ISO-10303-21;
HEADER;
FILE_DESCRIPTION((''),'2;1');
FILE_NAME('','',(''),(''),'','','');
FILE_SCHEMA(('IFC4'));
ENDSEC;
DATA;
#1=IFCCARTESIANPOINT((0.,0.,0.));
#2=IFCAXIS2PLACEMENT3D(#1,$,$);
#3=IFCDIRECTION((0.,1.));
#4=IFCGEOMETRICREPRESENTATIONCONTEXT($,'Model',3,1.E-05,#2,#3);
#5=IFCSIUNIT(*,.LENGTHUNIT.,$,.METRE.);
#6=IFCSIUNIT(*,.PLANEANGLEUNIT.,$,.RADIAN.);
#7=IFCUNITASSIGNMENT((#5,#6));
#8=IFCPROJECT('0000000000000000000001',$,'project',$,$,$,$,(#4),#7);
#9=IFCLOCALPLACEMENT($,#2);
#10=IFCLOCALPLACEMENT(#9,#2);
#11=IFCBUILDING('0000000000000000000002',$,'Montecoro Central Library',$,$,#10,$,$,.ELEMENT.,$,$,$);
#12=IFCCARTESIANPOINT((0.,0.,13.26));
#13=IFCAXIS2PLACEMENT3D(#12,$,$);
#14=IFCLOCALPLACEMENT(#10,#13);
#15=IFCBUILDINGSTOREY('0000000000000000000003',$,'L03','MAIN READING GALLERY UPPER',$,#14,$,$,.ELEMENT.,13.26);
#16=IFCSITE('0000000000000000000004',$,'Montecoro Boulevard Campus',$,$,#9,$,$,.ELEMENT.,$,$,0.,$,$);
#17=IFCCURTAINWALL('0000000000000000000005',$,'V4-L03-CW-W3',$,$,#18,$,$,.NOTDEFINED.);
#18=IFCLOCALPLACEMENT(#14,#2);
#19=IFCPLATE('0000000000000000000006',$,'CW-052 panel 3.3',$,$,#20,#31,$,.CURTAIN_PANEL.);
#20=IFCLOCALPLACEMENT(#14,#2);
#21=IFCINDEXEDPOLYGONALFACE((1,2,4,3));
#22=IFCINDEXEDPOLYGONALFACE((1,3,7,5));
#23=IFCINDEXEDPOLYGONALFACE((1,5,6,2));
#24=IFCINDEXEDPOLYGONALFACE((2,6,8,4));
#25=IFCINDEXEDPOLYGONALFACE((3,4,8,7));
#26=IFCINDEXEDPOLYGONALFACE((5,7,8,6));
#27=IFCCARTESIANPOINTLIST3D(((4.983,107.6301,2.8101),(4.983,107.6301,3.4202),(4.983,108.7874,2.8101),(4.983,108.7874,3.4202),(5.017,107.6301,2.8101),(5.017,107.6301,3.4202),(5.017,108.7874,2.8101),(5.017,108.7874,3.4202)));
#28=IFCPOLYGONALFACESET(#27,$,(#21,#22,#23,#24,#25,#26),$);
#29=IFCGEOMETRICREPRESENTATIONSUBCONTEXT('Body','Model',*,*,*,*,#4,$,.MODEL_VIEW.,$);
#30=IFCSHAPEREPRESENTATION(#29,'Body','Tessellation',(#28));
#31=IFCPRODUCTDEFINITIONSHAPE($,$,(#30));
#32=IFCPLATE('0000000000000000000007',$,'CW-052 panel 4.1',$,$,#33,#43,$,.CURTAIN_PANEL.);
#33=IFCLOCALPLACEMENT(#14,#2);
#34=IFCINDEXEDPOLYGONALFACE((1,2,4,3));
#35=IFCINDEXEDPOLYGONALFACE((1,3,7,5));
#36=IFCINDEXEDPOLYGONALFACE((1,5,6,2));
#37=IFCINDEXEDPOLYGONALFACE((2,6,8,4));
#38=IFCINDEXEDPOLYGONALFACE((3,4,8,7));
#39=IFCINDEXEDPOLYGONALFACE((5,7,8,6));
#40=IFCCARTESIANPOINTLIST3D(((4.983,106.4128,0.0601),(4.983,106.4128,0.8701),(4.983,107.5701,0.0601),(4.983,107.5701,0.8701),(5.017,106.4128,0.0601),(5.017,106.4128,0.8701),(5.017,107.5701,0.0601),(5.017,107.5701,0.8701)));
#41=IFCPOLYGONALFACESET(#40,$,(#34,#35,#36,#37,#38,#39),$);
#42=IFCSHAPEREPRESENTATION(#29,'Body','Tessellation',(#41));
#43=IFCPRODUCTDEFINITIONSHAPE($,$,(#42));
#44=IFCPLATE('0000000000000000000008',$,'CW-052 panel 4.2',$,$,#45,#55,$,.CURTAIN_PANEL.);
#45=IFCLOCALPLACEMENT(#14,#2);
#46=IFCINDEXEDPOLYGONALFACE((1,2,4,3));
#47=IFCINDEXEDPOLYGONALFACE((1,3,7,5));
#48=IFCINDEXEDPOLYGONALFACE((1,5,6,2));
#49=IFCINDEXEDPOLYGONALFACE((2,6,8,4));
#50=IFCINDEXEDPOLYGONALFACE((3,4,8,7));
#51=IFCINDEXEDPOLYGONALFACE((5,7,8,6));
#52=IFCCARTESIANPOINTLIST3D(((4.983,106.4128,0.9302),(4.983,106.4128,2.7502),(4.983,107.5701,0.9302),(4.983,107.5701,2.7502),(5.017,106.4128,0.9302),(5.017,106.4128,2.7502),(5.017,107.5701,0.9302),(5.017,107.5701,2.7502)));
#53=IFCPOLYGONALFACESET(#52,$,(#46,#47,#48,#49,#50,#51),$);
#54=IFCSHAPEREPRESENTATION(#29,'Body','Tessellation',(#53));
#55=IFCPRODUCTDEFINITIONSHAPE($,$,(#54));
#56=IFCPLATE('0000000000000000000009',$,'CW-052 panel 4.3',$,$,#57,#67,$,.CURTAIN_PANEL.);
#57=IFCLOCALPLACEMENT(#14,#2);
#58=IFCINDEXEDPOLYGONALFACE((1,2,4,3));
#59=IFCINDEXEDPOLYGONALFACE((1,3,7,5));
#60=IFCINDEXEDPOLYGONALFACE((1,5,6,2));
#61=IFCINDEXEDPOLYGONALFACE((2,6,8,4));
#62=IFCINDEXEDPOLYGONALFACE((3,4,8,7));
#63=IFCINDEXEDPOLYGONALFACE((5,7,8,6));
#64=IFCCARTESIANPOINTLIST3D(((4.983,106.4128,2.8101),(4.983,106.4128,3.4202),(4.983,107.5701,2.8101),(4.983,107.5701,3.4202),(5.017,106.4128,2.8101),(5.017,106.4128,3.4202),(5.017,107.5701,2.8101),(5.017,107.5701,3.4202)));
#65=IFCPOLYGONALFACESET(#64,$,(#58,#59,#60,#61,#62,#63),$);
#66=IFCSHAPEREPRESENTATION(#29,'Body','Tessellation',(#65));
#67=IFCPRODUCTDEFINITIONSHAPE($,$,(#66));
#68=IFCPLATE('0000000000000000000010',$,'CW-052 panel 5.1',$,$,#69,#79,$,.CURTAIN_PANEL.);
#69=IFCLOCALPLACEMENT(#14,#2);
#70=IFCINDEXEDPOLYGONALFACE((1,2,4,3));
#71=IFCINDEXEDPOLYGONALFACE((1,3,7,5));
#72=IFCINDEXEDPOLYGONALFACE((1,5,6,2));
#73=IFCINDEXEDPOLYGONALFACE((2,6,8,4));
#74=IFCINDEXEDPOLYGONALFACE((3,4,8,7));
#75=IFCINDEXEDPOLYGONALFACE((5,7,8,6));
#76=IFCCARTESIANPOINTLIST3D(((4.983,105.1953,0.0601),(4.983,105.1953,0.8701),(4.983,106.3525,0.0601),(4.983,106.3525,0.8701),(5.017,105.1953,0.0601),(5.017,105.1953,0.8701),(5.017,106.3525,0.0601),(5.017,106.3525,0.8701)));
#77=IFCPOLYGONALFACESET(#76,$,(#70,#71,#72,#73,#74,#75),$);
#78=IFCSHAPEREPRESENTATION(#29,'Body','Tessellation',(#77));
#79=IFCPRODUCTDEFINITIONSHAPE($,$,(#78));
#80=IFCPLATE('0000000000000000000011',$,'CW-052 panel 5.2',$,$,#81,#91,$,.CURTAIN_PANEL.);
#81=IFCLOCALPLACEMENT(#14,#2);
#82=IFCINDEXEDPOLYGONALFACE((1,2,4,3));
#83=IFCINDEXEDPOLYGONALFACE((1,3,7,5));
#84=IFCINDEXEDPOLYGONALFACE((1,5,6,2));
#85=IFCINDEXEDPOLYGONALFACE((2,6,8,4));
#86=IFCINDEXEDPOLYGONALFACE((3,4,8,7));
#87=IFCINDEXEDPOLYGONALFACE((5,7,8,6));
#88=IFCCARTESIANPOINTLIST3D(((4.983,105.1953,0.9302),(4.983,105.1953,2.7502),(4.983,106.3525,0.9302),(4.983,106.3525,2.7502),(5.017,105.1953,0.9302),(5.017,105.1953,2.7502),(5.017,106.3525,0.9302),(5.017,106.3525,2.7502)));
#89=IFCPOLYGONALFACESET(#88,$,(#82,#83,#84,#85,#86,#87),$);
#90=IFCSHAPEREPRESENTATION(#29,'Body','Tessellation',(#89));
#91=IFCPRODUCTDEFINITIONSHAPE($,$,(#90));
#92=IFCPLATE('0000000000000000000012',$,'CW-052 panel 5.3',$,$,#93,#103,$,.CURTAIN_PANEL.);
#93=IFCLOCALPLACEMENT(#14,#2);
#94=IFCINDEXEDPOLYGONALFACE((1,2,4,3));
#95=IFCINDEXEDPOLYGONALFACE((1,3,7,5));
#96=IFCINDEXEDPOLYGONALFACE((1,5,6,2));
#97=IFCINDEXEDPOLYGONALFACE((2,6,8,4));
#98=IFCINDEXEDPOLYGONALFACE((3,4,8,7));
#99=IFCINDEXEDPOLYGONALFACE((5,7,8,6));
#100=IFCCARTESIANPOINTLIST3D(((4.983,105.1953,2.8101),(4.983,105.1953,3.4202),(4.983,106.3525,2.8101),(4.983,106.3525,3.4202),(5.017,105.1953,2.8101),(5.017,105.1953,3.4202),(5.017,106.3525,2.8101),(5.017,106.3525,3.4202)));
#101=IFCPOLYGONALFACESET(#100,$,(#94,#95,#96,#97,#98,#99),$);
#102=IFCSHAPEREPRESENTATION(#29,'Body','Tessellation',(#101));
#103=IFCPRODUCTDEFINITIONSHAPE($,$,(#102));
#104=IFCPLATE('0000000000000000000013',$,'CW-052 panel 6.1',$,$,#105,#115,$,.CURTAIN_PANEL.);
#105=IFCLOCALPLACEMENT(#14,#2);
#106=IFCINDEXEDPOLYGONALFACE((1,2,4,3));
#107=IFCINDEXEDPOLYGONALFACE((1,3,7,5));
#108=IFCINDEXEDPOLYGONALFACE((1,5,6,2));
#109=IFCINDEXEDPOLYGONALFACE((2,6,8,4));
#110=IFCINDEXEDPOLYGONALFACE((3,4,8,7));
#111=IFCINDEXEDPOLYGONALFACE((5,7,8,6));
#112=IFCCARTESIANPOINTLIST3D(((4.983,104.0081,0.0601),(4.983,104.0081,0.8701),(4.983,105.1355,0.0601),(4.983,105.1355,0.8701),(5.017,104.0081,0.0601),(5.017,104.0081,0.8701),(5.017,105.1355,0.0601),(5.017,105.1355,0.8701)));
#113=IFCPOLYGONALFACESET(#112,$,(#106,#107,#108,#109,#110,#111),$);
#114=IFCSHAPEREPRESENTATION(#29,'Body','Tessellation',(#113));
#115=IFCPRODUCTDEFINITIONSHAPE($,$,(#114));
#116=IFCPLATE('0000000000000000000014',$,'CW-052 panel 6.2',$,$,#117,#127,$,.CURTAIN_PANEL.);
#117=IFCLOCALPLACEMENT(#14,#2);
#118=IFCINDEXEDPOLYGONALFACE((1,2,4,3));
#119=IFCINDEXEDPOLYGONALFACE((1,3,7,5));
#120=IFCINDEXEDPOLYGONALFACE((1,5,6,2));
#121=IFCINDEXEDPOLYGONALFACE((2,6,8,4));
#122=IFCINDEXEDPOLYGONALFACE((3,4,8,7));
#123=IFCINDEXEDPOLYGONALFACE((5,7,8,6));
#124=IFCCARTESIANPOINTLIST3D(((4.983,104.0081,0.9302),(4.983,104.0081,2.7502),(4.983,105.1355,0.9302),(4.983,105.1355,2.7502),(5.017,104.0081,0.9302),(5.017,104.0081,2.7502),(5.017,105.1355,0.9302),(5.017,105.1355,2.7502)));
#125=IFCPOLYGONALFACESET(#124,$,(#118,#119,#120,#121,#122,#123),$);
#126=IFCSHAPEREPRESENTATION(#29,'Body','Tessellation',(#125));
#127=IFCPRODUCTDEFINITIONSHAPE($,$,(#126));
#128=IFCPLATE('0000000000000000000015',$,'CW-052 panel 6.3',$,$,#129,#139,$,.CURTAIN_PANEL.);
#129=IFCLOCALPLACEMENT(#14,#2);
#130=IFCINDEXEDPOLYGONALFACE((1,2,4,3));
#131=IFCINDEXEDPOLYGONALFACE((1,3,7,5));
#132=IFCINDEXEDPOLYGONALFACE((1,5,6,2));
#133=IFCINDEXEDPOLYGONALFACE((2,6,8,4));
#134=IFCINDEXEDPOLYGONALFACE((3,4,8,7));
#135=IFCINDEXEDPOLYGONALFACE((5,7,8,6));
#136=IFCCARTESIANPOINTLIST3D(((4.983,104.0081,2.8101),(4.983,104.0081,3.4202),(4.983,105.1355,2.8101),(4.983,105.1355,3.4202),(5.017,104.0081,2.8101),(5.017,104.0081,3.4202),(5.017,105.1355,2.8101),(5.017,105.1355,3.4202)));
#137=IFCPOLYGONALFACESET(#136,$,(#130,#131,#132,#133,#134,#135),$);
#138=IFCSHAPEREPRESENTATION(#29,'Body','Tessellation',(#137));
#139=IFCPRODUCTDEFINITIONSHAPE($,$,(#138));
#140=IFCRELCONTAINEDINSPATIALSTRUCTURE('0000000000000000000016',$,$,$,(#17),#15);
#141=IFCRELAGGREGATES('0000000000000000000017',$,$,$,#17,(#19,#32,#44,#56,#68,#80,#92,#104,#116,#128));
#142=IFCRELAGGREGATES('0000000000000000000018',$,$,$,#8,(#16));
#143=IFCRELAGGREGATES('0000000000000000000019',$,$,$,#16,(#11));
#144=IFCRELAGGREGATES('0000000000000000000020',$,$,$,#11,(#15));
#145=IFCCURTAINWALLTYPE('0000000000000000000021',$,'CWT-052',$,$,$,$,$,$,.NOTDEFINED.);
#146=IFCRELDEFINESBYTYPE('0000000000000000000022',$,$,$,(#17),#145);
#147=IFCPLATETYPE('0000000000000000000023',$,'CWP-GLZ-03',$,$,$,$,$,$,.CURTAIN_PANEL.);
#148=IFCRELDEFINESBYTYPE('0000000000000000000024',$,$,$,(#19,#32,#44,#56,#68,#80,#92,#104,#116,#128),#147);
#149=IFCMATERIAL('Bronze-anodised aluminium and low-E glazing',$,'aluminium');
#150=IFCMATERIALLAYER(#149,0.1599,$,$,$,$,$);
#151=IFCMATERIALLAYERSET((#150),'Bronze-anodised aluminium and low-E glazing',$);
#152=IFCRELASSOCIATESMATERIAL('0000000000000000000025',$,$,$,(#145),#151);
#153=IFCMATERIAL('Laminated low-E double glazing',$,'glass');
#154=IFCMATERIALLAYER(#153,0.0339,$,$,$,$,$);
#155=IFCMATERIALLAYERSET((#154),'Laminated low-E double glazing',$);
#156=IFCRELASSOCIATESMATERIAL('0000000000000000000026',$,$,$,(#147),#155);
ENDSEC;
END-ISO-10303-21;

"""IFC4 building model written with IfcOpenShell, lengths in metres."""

from ifc_helpers import new_model, si_unit, direction, frame, origin, origin_2d, place, context, subcontext, project, spatial, rectangle, extrude, material, layer, layer_set, type_object, element, aggregate, save


model = new_model("IFC4")

# Units and contexts
model_context = context("Model", 3, precision=1e-05, world=origin(), true_north=direction((0.0, 1.0)))
body_context = subcontext(model_context, "Body", "Model", "MODEL_VIEW")
ifc_project = project(units=[si_unit("LENGTHUNIT", "METRE"), si_unit("PLANEANGLEUNIT", "RADIAN")], contexts=[model_context])

# Site, building, storey
site_placement = place(None, origin())
site = spatial("IfcSite", under=ifc_project, at=site_placement, Name="Montecoro Boulevard Campus", CompositionType="ELEMENT", RefElevation=0.0)
building_placement = place(site_placement, origin())
building = spatial("IfcBuilding", under=site, at=building_placement, Name="Montecoro Central Library", CompositionType="ELEMENT")
storey_placement = place(building_placement, frame((0.0, 0.0, 13.26)))
storey = spatial("IfcBuildingStorey", under=building, at=storey_placement, Name="L03", Description="MAIN READING GALLERY UPPER", CompositionType="ELEMENT", Elevation=13.26)

# Curtain wall, plates
ifc_material_1 = material(Name="Bronze-anodised aluminium and low-E glazing", Category="aluminium")
ifc_layer_1 = layer(ifc_material_1, 0.1599)
ifc_layer_set_1 = layer_set([ifc_layer_1], Name="Bronze-anodised aluminium and low-E glazing")
curtain_wall_type = type_object("IfcCurtainWallType", Name="CWT-052", PredefinedType="NOTDEFINED", material=ifc_layer_set_1)
curtain_wall_placement = place(storey_placement, origin())
curtain_wall = element("IfcCurtainWall", 1, at=curtain_wall_placement, inside=storey, type_object=curtain_wall_type, Name="V4-L03-CW-W3", PredefinedType="NOTDEFINED")
ifc_material_2 = material(Name="Laminated low-E double glazing", Category="glass")
ifc_layer_2 = layer(ifc_material_2, 0.0339)
ifc_layer_set_2 = layer_set([ifc_layer_2], Name="Laminated low-E double glazing")
plate_type = type_object("IfcPlateType", Name="CWP-GLZ-03", PredefinedType="CURTAIN_PANEL", material=ifc_layer_set_2)
plate_1_placement = place(storey_placement, frame((5.0, 108.2087, 2.8101), z_axis=(0.0, 0.0, 1.0), x_axis=(0.0, -1.0, 0.0)))
plate_1 = element("IfcPlate", 2, at=plate_1_placement, type_object=plate_type, Name="CW-052 panel 3.3", PredefinedType="CURTAIN_PANEL", context=body_context, shape_type="SweptSolid", body=[
    extrude(rectangle(XDim=1.1572, YDim=0.0339, at=origin_2d()), origin(), (0.0, 0.0, 1.0), 0.6101),
])
plate_2_placement = place(storey_placement, frame((5.0, 106.9915, 0.0601), z_axis=(0.0, 0.0, 1.0), x_axis=(0.0, -1.0, 0.0)))
plate_2 = element("IfcPlate", 3, at=plate_2_placement, type_object=plate_type, Name="CW-052 panel 4.1", PredefinedType="CURTAIN_PANEL", context=body_context, shape_type="SweptSolid", body=[
    extrude(rectangle(XDim=1.1572, YDim=0.0339, at=origin_2d()), origin(), (0.0, 0.0, 1.0), 0.8101),
])
plate_3_placement = place(storey_placement, frame((5.0, 106.9915, 0.9302), z_axis=(0.0, 0.0, 1.0), x_axis=(0.0, -1.0, 0.0)))
plate_3 = element("IfcPlate", 4, at=plate_3_placement, type_object=plate_type, Name="CW-052 panel 4.2", PredefinedType="CURTAIN_PANEL", context=body_context, shape_type="SweptSolid", body=[
    extrude(rectangle(XDim=1.1572, YDim=0.0339, at=origin_2d()), origin(), (0.0, 0.0, 1.0), 1.8201),
])
plate_4_placement = place(storey_placement, frame((5.0, 106.9915, 2.8101), z_axis=(0.0, 0.0, 1.0), x_axis=(0.0, -1.0, 0.0)))
plate_4 = element("IfcPlate", 5, at=plate_4_placement, type_object=plate_type, Name="CW-052 panel 4.3", PredefinedType="CURTAIN_PANEL", context=body_context, shape_type="SweptSolid", body=[
    extrude(rectangle(XDim=1.1572, YDim=0.0339, at=origin_2d()), origin(), (0.0, 0.0, 1.0), 0.6101),
])
plate_5_placement = place(storey_placement, frame((5.0, 105.7739, 0.0601), z_axis=(0.0, 0.0, 1.0), x_axis=(0.0, -1.0, 0.0)))
plate_5 = element("IfcPlate", 6, at=plate_5_placement, type_object=plate_type, Name="CW-052 panel 5.1", PredefinedType="CURTAIN_PANEL", context=body_context, shape_type="SweptSolid", body=[
    extrude(rectangle(XDim=1.1572, YDim=0.0339, at=origin_2d()), origin(), (0.0, 0.0, 1.0), 0.8101),
])
plate_6_placement = place(storey_placement, frame((5.0, 105.7739, 0.9302), z_axis=(0.0, 0.0, 1.0), x_axis=(0.0, -1.0, 0.0)))
plate_6 = element("IfcPlate", 7, at=plate_6_placement, type_object=plate_type, Name="CW-052 panel 5.2", PredefinedType="CURTAIN_PANEL", context=body_context, shape_type="SweptSolid", body=[
    extrude(rectangle(XDim=1.1572, YDim=0.0339, at=origin_2d()), origin(), (0.0, 0.0, 1.0), 1.8201),
])
plate_7_placement = place(storey_placement, frame((5.0, 105.7739, 2.8101), z_axis=(0.0, 0.0, 1.0), x_axis=(0.0, -1.0, 0.0)))
plate_7 = element("IfcPlate", 8, at=plate_7_placement, type_object=plate_type, Name="CW-052 panel 5.3", PredefinedType="CURTAIN_PANEL", context=body_context, shape_type="SweptSolid", body=[
    extrude(rectangle(XDim=1.1572, YDim=0.0339, at=origin_2d()), origin(), (0.0, 0.0, 1.0), 0.6101),
])
plate_8_placement = place(storey_placement, frame((5.0, 104.5718, 0.0601), z_axis=(0.0, 0.0, 1.0), x_axis=(0.0, -1.0, 0.0)))
plate_8 = element("IfcPlate", 9, at=plate_8_placement, type_object=plate_type, Name="CW-052 panel 6.1", PredefinedType="CURTAIN_PANEL", context=body_context, shape_type="SweptSolid", body=[
    extrude(rectangle(XDim=1.1274, YDim=0.0339, at=origin_2d()), origin(), (0.0, 0.0, 1.0), 0.8101),
])
plate_9_placement = place(storey_placement, frame((5.0, 104.5718, 0.9302), z_axis=(0.0, 0.0, 1.0), x_axis=(0.0, -1.0, 0.0)))
plate_9 = element("IfcPlate", 10, at=plate_9_placement, type_object=plate_type, Name="CW-052 panel 6.2", PredefinedType="CURTAIN_PANEL", context=body_context, shape_type="SweptSolid", body=[
    extrude(rectangle(XDim=1.1274, YDim=0.0339, at=origin_2d()), origin(), (0.0, 0.0, 1.0), 1.8201),
])
plate_10_placement = place(storey_placement, frame((5.0, 104.5718, 2.8101), z_axis=(0.0, 0.0, 1.0), x_axis=(0.0, -1.0, 0.0)))
plate_10 = element("IfcPlate", 11, at=plate_10_placement, type_object=plate_type, Name="CW-052 panel 6.3", PredefinedType="CURTAIN_PANEL", context=body_context, shape_type="SweptSolid", body=[
    extrude(rectangle(XDim=1.1274, YDim=0.0339, at=origin_2d()), origin(), (0.0, 0.0, 1.0), 0.6101),
])
aggregate(curtain_wall, [plate_1, plate_2, plate_3, plate_4, plate_5, plate_6, plate_7, plate_8, plate_9, plate_10])

save(model, "model.ifc")
